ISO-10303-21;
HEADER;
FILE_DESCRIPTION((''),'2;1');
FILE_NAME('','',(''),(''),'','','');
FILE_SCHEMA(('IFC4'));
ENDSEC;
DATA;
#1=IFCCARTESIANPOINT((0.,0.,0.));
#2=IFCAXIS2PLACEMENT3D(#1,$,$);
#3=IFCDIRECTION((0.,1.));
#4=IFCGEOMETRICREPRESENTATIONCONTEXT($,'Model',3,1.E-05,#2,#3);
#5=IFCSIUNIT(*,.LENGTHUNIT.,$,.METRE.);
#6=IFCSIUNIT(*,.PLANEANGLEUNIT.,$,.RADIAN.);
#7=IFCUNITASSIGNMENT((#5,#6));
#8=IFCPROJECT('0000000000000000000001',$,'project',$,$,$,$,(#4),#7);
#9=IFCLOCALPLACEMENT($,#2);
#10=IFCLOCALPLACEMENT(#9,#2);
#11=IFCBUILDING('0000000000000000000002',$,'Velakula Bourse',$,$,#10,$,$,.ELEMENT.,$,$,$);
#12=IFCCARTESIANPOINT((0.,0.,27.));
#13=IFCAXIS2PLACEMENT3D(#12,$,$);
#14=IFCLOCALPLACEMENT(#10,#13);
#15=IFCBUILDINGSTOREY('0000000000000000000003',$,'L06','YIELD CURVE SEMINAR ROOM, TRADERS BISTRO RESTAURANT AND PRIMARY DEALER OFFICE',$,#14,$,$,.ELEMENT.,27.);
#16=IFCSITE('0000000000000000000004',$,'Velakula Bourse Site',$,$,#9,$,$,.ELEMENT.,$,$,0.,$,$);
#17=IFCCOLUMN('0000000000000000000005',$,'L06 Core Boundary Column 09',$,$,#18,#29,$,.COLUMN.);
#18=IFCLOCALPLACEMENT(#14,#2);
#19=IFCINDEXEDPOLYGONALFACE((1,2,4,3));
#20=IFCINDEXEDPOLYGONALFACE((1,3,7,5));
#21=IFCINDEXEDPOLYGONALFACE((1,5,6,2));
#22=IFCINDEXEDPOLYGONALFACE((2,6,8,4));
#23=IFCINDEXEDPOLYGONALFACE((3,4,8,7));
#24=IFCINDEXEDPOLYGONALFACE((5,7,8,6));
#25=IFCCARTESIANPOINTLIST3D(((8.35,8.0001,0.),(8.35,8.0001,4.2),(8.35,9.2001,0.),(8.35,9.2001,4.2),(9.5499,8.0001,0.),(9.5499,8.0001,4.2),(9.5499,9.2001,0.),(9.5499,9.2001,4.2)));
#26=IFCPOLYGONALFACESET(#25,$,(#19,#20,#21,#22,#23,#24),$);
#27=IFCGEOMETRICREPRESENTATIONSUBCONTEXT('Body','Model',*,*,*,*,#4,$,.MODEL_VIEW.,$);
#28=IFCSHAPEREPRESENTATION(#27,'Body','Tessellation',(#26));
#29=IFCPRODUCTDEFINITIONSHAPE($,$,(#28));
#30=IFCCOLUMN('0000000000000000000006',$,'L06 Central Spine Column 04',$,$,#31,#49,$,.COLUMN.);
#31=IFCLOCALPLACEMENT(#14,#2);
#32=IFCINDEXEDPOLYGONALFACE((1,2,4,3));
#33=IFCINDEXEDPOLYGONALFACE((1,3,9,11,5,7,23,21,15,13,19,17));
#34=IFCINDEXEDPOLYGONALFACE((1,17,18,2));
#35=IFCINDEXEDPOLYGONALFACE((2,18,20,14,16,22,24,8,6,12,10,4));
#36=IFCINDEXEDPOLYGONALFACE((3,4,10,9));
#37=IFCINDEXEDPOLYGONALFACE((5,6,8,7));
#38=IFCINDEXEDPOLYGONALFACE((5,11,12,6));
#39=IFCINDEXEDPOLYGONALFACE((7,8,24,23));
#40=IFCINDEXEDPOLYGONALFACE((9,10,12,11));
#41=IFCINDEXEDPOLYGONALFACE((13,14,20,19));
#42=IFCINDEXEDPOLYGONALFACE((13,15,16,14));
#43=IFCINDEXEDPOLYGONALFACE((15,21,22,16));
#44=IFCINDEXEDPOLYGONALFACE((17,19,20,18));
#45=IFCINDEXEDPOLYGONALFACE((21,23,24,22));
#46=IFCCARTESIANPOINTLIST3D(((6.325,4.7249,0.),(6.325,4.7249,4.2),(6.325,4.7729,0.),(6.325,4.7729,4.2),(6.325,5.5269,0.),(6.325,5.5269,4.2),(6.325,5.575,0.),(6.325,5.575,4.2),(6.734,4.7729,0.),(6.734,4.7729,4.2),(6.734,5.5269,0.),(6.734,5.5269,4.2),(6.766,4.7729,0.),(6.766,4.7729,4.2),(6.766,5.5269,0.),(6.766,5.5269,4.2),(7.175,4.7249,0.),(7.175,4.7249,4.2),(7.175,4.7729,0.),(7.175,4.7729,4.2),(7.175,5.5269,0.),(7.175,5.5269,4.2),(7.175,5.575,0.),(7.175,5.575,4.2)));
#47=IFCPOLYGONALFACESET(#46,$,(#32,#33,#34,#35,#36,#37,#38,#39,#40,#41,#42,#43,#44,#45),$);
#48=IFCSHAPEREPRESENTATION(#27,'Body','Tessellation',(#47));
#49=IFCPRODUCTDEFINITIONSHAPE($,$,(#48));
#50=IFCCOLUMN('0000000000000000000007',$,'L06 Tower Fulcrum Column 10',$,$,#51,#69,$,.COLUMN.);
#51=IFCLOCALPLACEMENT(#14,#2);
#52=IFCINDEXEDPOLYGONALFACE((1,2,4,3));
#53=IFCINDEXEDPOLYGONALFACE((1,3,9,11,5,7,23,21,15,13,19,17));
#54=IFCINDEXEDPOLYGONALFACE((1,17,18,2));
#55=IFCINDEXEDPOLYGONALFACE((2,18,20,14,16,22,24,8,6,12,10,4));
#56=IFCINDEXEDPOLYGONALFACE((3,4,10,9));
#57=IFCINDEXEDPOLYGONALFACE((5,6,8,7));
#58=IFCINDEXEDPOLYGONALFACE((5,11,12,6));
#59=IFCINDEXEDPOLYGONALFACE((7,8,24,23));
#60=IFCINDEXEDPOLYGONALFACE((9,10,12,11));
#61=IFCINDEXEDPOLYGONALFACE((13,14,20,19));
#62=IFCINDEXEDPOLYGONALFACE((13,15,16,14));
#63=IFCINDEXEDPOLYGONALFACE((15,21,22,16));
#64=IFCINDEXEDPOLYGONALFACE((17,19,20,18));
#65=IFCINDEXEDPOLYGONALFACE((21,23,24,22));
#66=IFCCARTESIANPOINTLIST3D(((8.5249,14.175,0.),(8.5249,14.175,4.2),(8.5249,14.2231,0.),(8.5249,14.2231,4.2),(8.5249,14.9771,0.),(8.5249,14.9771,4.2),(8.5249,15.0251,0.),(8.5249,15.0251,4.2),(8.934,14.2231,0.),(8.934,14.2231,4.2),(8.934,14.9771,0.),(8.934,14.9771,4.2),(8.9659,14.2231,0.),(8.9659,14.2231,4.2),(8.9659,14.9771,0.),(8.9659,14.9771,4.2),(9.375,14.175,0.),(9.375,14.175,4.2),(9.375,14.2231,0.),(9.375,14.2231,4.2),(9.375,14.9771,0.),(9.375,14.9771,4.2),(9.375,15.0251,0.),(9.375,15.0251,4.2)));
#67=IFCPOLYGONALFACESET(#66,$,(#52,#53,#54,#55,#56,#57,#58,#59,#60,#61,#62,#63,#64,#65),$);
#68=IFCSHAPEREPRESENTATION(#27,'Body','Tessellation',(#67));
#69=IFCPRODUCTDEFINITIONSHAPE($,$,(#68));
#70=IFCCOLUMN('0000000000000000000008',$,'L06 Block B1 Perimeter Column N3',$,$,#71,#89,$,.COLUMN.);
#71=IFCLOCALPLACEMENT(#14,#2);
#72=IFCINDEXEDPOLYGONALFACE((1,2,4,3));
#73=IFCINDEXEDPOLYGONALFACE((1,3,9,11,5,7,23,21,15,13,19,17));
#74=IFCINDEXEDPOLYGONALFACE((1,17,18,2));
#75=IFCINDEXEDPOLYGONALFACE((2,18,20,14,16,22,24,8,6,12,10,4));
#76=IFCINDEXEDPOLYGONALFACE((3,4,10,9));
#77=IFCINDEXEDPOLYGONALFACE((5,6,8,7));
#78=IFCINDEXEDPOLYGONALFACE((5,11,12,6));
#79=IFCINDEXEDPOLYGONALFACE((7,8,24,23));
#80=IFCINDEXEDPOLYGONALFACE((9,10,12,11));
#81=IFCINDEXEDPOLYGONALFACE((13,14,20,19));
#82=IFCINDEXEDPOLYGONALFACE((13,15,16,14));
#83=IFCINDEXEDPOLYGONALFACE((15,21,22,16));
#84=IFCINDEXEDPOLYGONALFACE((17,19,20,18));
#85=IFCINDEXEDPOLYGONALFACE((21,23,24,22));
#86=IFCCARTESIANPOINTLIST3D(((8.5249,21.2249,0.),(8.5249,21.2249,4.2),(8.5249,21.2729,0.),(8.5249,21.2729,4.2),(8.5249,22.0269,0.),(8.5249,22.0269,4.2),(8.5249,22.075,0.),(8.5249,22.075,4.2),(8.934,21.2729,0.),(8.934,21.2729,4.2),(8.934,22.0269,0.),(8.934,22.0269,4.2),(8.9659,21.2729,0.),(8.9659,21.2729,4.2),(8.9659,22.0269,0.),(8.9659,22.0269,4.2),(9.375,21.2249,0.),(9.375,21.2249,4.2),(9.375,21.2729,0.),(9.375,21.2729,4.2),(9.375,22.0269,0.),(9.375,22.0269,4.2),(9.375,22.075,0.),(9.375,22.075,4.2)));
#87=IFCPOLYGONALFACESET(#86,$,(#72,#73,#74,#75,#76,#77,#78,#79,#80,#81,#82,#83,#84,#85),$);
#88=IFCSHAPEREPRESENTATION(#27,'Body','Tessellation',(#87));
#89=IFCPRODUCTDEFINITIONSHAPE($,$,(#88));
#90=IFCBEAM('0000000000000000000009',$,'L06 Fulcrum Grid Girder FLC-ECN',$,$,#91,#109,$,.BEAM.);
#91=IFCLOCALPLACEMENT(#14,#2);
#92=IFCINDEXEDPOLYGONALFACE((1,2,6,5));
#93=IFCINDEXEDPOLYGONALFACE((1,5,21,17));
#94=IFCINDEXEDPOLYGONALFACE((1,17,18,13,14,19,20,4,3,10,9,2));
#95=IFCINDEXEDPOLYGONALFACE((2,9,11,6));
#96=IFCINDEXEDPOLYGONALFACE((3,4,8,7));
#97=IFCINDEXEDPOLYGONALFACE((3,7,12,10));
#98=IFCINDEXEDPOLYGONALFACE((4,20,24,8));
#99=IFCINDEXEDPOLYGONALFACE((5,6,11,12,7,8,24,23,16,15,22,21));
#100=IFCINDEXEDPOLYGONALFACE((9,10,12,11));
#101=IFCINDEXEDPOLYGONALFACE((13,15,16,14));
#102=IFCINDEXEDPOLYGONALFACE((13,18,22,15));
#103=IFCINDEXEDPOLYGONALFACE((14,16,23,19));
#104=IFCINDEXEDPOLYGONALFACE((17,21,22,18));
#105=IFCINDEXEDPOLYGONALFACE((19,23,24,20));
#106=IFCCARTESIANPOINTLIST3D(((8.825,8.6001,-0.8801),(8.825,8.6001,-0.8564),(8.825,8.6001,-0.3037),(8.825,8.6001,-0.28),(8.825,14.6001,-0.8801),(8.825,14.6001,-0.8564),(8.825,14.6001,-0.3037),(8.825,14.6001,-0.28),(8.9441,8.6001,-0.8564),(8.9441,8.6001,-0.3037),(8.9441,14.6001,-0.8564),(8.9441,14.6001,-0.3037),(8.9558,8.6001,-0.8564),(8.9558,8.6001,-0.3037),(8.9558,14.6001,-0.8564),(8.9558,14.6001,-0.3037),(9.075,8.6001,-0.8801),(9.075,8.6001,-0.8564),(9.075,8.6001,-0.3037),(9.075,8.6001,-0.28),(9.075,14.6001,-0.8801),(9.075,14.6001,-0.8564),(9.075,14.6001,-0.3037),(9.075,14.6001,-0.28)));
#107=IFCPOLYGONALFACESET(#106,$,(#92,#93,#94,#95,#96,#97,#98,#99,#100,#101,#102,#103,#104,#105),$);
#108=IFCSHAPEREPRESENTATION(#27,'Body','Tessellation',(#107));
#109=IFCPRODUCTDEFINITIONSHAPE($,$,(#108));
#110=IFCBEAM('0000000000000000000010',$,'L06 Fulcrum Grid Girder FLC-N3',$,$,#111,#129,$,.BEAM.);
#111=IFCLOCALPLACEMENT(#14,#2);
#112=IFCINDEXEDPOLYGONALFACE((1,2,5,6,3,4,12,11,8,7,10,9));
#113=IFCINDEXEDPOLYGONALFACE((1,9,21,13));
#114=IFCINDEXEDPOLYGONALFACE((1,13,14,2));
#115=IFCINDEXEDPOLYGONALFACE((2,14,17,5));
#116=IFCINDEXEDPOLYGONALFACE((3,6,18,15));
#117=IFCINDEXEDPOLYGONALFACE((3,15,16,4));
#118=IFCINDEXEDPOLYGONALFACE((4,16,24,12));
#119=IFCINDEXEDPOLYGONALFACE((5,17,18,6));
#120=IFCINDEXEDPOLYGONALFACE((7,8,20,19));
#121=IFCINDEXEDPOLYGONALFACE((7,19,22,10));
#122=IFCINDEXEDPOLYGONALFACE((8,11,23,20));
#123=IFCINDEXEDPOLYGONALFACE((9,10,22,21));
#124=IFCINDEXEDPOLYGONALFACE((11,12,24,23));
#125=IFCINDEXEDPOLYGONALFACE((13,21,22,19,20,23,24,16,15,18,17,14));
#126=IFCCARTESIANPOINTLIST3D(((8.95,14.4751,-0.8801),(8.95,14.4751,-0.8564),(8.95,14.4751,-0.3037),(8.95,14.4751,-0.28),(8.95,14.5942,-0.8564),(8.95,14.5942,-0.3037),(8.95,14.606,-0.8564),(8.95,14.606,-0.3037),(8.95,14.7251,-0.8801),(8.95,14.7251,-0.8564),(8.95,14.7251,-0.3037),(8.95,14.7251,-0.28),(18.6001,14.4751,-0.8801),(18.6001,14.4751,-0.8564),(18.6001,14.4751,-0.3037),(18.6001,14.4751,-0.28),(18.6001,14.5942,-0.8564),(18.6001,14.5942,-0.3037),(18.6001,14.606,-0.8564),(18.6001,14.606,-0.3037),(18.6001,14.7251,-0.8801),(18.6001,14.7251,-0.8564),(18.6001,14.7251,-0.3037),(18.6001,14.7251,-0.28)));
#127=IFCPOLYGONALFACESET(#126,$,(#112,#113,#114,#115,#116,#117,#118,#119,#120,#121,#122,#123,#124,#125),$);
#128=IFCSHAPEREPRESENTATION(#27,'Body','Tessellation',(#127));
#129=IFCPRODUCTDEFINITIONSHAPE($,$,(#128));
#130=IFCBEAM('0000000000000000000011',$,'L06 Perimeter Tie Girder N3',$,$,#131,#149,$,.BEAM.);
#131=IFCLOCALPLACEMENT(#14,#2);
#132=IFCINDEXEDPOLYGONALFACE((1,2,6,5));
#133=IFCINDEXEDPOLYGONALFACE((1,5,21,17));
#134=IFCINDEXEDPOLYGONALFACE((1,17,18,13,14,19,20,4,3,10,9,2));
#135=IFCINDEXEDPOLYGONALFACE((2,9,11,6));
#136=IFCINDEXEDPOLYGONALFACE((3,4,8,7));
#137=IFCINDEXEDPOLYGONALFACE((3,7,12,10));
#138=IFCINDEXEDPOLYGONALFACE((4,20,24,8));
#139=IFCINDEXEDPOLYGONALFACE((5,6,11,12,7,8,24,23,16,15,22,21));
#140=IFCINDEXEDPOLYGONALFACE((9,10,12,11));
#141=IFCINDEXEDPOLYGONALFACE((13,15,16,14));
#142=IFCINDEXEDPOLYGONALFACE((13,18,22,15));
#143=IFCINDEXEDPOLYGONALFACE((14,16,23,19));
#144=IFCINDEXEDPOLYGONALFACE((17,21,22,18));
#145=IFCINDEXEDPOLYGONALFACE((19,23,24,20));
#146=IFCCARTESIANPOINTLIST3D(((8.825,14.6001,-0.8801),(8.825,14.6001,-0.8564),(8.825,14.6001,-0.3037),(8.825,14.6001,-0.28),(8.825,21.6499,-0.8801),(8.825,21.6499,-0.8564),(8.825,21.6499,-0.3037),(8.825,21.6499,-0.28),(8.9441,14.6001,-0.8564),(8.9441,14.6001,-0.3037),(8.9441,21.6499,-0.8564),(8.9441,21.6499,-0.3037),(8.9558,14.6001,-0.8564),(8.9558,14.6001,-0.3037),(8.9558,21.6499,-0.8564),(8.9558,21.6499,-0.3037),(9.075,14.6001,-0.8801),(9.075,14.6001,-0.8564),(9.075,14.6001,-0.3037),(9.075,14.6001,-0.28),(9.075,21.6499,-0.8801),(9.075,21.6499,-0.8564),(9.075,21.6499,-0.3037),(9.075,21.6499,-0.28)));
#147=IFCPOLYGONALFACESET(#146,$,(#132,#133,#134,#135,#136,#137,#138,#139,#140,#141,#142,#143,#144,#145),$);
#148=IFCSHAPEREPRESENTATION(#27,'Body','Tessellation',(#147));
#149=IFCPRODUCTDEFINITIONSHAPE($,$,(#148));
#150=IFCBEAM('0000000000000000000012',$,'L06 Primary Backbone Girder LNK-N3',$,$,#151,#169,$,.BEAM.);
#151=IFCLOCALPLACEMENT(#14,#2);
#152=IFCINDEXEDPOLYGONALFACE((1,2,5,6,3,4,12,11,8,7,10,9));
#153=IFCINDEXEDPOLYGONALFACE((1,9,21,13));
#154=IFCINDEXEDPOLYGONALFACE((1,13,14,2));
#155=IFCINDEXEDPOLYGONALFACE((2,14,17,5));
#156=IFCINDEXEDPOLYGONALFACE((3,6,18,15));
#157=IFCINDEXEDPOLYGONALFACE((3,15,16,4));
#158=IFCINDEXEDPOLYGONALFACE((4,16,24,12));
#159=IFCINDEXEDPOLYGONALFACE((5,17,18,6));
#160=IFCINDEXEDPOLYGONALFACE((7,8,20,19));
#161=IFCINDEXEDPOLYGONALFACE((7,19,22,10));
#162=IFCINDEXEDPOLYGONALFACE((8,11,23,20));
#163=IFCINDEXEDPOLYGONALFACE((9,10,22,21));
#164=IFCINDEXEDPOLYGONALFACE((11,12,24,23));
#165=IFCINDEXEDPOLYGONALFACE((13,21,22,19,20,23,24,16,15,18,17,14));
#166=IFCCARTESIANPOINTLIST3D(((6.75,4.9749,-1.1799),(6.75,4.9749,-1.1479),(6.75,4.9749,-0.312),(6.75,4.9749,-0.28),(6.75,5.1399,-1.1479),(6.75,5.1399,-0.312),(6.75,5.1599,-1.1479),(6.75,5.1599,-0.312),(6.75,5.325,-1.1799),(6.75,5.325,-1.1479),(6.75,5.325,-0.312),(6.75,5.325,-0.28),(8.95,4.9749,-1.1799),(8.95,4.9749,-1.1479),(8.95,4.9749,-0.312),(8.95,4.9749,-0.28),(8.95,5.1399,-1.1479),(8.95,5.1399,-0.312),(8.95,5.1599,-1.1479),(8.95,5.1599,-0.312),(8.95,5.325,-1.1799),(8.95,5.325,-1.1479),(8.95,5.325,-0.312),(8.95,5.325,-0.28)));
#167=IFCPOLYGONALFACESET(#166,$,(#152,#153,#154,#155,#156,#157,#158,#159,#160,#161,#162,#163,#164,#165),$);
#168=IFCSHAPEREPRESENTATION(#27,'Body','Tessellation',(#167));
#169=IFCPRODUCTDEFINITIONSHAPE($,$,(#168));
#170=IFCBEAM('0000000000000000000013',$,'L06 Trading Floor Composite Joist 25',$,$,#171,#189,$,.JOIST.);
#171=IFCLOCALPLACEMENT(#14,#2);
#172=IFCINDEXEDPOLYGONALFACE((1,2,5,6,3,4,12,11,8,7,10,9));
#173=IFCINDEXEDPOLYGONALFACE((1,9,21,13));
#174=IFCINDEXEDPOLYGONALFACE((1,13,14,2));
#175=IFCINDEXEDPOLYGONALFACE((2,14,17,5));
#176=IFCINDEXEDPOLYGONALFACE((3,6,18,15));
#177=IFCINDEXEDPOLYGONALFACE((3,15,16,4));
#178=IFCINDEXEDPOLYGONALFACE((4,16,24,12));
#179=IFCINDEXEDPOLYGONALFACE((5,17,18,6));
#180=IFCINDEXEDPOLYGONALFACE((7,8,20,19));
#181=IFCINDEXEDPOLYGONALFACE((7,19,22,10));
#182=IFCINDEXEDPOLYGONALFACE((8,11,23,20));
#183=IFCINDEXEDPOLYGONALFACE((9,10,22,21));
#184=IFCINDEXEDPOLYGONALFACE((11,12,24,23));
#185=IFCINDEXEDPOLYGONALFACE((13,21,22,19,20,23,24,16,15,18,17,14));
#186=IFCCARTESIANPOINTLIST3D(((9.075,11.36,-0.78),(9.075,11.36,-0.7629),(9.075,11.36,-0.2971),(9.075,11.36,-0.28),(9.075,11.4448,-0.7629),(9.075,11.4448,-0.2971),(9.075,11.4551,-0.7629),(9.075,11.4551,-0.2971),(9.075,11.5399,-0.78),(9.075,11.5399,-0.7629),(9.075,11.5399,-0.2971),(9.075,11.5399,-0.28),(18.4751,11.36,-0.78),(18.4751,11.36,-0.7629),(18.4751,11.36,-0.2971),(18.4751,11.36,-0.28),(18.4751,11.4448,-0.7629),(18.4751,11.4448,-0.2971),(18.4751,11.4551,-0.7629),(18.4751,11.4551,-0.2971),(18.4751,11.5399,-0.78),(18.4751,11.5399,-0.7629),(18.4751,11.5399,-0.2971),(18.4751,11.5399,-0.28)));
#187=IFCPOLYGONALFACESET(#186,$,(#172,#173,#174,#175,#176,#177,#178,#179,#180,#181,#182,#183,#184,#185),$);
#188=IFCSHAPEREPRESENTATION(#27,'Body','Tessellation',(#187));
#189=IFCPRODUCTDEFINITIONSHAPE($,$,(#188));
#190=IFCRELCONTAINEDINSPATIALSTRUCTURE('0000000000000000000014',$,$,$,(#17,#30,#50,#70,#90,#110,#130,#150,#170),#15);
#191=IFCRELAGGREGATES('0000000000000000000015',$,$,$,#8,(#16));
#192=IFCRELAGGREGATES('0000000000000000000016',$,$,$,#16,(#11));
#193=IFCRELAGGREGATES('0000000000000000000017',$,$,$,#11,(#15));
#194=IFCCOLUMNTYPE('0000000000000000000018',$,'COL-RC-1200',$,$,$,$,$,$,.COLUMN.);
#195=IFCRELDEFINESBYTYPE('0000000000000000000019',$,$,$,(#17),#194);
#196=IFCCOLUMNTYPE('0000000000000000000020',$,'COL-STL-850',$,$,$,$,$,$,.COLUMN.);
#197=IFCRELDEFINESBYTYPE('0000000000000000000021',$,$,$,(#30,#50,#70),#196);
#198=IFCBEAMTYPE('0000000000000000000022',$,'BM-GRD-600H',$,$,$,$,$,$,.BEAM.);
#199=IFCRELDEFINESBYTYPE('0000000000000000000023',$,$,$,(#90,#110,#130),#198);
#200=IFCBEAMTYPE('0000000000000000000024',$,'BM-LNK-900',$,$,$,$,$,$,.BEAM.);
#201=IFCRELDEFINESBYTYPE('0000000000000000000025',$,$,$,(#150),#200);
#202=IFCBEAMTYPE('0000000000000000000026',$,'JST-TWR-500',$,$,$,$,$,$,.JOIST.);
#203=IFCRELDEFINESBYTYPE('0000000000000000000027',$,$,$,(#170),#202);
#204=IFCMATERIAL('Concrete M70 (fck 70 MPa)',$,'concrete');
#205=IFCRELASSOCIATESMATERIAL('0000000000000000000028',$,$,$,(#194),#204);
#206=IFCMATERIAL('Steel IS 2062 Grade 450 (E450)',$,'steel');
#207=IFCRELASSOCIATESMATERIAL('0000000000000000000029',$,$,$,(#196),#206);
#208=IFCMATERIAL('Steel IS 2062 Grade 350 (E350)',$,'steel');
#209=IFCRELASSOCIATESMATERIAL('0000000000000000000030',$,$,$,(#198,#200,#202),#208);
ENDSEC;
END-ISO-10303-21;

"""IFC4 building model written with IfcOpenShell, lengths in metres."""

from ifc_helpers import new_model, si_unit, direction, frame, origin, origin_2d, place, context, subcontext, project, spatial, rectangle, i_section, extrude, material, material_profile, profile_set, type_object, element, save


model = new_model("IFC4")

# Units and contexts
model_context = context("Model", 3, precision=1e-05, world=origin(), true_north=direction((0.0, 1.0)))
body_context = subcontext(model_context, "Body", "Model", "MODEL_VIEW")
ifc_project = project(units=[si_unit("LENGTHUNIT", "METRE"), si_unit("PLANEANGLEUNIT", "RADIAN")], contexts=[model_context])

# Site, building, storey
site_placement = place(None, origin())
site = spatial("IfcSite", under=ifc_project, at=site_placement, Name="Velakula Bourse Site", CompositionType="ELEMENT", RefElevation=0.0)
building_placement = place(site_placement, origin())
building = spatial("IfcBuilding", under=site, at=building_placement, Name="Velakula Bourse", CompositionType="ELEMENT")
storey_placement = place(building_placement, frame((0.0, 0.0, 27.0)))
storey = spatial("IfcBuildingStorey", under=building, at=storey_placement, Name="L06", Description="YIELD CURVE SEMINAR ROOM, TRADERS BISTRO RESTAURANT AND PRIMARY DEALER OFFICE", CompositionType="ELEMENT", Elevation=27.0)

# Columns
ifc_material_1 = material(Name="Concrete M70 (fck 70 MPa)", Category="concrete")
ifc_material_profile_1 = material_profile(ifc_material_1, rectangle(XDim=1.2, YDim=1.2, at=origin_2d()), Name="Concrete M70 (fck 70 MPa)")
ifc_profile_set_1 = profile_set([ifc_material_profile_1], Name="Concrete M70 (fck 70 MPa)")
column_type_1 = type_object("IfcColumnType", Name="COL-RC-1200", PredefinedType="COLUMN", material=ifc_profile_set_1)
column_placement = place(storey_placement, frame((8.95, 8.6001, 0.0), z_axis=(0.0, 0.0, 1.0), x_axis=(1.0, 0.0, 0.0)))
element("IfcColumn", 1, at=column_placement, inside=storey, type_object=column_type_1, Name="L06 Core Boundary Column 09", PredefinedType="COLUMN", context=body_context, shape_type="SweptSolid", body=[
    extrude(rectangle(XDim=1.2, YDim=1.2, at=origin_2d()), origin(), (0.0, 0.0, 1.0), 4.2),
])
ifc_material_2 = material(Name="Steel IS 2062 Grade 450 (E450)", Category="steel")
ifc_material_profile_2 = material_profile(ifc_material_2, i_section(OverallWidth=0.8501, OverallDepth=0.8501, WebThickness=0.032, FlangeThickness=0.0481, at=origin_2d()), Name="Steel IS 2062 Grade 450 (E450)")
ifc_profile_set_2 = profile_set([ifc_material_profile_2], Name="Steel IS 2062 Grade 450 (E450)")
column_type_2 = type_object("IfcColumnType", Name="COL-STL-850", PredefinedType="COLUMN", material=ifc_profile_set_2)
for number, where, z_axis, x_axis, name in (
    (2, (6.75, 5.1499, 0.0), (0.0, 0.0, 1.0), (1.0, 0.0, 0.0), "L06 Central Spine Column 04"),
    (3, (8.95, 14.6001, 0.0), (0.0, 0.0, 1.0), (1.0, 0.0, 0.0), "L06 Tower Fulcrum Column 10"),
    (4, (8.95, 21.6499, 0.0), (0.0, 0.0, 1.0), (1.0, 0.0, 0.0), "L06 Block B1 Perimeter Column N3"),
):
    element("IfcColumn", number, at=place(storey_placement, frame(where, z_axis=z_axis, x_axis=x_axis)), inside=storey, type_object=column_type_2, Name=name, PredefinedType="COLUMN", context=body_context, shape_type="SweptSolid", body=[
        extrude(i_section(OverallWidth=0.8501, OverallDepth=0.8501, WebThickness=0.032, FlangeThickness=0.0481, at=origin_2d()), origin(), (0.0, 0.0, 1.0), 4.2),
    ])

# Beams
ifc_material_3 = material(Name="Steel IS 2062 Grade 350 (E350)", Category="steel")
ifc_material_profile_3 = material_profile(ifc_material_3, i_section(OverallWidth=0.25, OverallDepth=0.6001, WebThickness=0.0117, FlangeThickness=0.0237, at=origin_2d()), Name="Steel IS 2062 Grade 350 (E350)")
ifc_profile_set_3 = profile_set([ifc_material_profile_3], Name="Steel IS 2062 Grade 350 (E350)")
beam_type_1 = type_object("IfcBeamType", Name="BM-GRD-600H", PredefinedType="BEAM", material=ifc_profile_set_3)
beam_1_placement = place(storey_placement, frame((8.95, 8.6001, -0.5801), z_axis=(0.0, 1.0, 0.0), x_axis=(-1.0, 0.0, 0.0)))
element("IfcBeam", 5, at=beam_1_placement, inside=storey, type_object=beam_type_1, Name="L06 Fulcrum Grid Girder FLC-ECN", PredefinedType="BEAM", context=body_context, shape_type="SweptSolid", body=[
    extrude(i_section(OverallWidth=0.25, OverallDepth=0.6001, WebThickness=0.0117, FlangeThickness=0.0237, at=origin_2d()), origin(), (0.0, 0.0, 1.0), 6.0),
])
beam_2_placement = place(storey_placement, frame((8.95, 14.6001, -0.5801), z_axis=(1.0, 0.0, 0.0), x_axis=(0.0, 1.0, 0.0)))
element("IfcBeam", 6, at=beam_2_placement, inside=storey, type_object=beam_type_1, Name="L06 Fulcrum Grid Girder FLC-N3", PredefinedType="BEAM", context=body_context, shape_type="SweptSolid", body=[
    extrude(i_section(OverallWidth=0.25, OverallDepth=0.6001, WebThickness=0.0117, FlangeThickness=0.0237, at=origin_2d()), origin(), (0.0, 0.0, 1.0), 9.6501),
])
beam_3_placement = place(storey_placement, frame((8.95, 14.6001, -0.5801), z_axis=(0.0, 1.0, 0.0), x_axis=(-1.0, 0.0, 0.0)))
element("IfcBeam", 7, at=beam_3_placement, inside=storey, type_object=beam_type_1, Name="L06 Perimeter Tie Girder N3", PredefinedType="BEAM", context=body_context, shape_type="SweptSolid", body=[
    extrude(i_section(OverallWidth=0.25, OverallDepth=0.6001, WebThickness=0.0117, FlangeThickness=0.0237, at=origin_2d()), origin(), (0.0, 0.0, 1.0), 7.0498),
])
ifc_material_profile_4 = material_profile(ifc_material_3, i_section(OverallWidth=0.3501, OverallDepth=0.8999, WebThickness=0.02, FlangeThickness=0.032, at=origin_2d()), Name="Steel IS 2062 Grade 350 (E350)")
ifc_profile_set_4 = profile_set([ifc_material_profile_4], Name="Steel IS 2062 Grade 350 (E350)")
beam_type_2 = type_object("IfcBeamType", Name="BM-LNK-900", PredefinedType="BEAM", material=ifc_profile_set_4)
beam_4_placement = place(storey_placement, frame((6.75, 5.1499, -0.73), z_axis=(1.0, 0.0, 0.0), x_axis=(0.0, 1.0, 0.0)))
element("IfcBeam", 8, at=beam_4_placement, inside=storey, type_object=beam_type_2, Name="L06 Primary Backbone Girder LNK-N3", PredefinedType="BEAM", context=body_context, shape_type="SweptSolid", body=[
    extrude(i_section(OverallWidth=0.3501, OverallDepth=0.8999, WebThickness=0.02, FlangeThickness=0.032, at=origin_2d()), origin(), (0.0, 0.0, 1.0), 2.2),
])
ifc_material_profile_5 = material_profile(ifc_material_3, i_section(OverallWidth=0.1799, OverallDepth=0.5, WebThickness=0.0103, FlangeThickness=0.0171, at=origin_2d()), Name="Steel IS 2062 Grade 350 (E350)")
ifc_profile_set_5 = profile_set([ifc_material_profile_5], Name="Steel IS 2062 Grade 350 (E350)")
beam_type_3 = type_object("IfcBeamType", Name="JST-TWR-500", PredefinedType="JOIST", material=ifc_profile_set_5)
for number, where, z_axis, x_axis, name in (
    (9, (9.075, 11.45, -0.53), (1.0, 0.0, 0.0), (0.0, 1.0, 0.0), "L06 Trading Floor Composite Joist 25"),
):
    element("IfcBeam", number, at=place(storey_placement, frame(where, z_axis=z_axis, x_axis=x_axis)), inside=storey, type_object=beam_type_3, Name=name, PredefinedType="JOIST", context=body_context, shape_type="SweptSolid", body=[
        extrude(i_section(OverallWidth=0.1799, OverallDepth=0.5, WebThickness=0.0103, FlangeThickness=0.0171, at=origin_2d()), origin(), (0.0, 0.0, 1.0), 9.4001),
    ])

save(model, "model.ifc")
